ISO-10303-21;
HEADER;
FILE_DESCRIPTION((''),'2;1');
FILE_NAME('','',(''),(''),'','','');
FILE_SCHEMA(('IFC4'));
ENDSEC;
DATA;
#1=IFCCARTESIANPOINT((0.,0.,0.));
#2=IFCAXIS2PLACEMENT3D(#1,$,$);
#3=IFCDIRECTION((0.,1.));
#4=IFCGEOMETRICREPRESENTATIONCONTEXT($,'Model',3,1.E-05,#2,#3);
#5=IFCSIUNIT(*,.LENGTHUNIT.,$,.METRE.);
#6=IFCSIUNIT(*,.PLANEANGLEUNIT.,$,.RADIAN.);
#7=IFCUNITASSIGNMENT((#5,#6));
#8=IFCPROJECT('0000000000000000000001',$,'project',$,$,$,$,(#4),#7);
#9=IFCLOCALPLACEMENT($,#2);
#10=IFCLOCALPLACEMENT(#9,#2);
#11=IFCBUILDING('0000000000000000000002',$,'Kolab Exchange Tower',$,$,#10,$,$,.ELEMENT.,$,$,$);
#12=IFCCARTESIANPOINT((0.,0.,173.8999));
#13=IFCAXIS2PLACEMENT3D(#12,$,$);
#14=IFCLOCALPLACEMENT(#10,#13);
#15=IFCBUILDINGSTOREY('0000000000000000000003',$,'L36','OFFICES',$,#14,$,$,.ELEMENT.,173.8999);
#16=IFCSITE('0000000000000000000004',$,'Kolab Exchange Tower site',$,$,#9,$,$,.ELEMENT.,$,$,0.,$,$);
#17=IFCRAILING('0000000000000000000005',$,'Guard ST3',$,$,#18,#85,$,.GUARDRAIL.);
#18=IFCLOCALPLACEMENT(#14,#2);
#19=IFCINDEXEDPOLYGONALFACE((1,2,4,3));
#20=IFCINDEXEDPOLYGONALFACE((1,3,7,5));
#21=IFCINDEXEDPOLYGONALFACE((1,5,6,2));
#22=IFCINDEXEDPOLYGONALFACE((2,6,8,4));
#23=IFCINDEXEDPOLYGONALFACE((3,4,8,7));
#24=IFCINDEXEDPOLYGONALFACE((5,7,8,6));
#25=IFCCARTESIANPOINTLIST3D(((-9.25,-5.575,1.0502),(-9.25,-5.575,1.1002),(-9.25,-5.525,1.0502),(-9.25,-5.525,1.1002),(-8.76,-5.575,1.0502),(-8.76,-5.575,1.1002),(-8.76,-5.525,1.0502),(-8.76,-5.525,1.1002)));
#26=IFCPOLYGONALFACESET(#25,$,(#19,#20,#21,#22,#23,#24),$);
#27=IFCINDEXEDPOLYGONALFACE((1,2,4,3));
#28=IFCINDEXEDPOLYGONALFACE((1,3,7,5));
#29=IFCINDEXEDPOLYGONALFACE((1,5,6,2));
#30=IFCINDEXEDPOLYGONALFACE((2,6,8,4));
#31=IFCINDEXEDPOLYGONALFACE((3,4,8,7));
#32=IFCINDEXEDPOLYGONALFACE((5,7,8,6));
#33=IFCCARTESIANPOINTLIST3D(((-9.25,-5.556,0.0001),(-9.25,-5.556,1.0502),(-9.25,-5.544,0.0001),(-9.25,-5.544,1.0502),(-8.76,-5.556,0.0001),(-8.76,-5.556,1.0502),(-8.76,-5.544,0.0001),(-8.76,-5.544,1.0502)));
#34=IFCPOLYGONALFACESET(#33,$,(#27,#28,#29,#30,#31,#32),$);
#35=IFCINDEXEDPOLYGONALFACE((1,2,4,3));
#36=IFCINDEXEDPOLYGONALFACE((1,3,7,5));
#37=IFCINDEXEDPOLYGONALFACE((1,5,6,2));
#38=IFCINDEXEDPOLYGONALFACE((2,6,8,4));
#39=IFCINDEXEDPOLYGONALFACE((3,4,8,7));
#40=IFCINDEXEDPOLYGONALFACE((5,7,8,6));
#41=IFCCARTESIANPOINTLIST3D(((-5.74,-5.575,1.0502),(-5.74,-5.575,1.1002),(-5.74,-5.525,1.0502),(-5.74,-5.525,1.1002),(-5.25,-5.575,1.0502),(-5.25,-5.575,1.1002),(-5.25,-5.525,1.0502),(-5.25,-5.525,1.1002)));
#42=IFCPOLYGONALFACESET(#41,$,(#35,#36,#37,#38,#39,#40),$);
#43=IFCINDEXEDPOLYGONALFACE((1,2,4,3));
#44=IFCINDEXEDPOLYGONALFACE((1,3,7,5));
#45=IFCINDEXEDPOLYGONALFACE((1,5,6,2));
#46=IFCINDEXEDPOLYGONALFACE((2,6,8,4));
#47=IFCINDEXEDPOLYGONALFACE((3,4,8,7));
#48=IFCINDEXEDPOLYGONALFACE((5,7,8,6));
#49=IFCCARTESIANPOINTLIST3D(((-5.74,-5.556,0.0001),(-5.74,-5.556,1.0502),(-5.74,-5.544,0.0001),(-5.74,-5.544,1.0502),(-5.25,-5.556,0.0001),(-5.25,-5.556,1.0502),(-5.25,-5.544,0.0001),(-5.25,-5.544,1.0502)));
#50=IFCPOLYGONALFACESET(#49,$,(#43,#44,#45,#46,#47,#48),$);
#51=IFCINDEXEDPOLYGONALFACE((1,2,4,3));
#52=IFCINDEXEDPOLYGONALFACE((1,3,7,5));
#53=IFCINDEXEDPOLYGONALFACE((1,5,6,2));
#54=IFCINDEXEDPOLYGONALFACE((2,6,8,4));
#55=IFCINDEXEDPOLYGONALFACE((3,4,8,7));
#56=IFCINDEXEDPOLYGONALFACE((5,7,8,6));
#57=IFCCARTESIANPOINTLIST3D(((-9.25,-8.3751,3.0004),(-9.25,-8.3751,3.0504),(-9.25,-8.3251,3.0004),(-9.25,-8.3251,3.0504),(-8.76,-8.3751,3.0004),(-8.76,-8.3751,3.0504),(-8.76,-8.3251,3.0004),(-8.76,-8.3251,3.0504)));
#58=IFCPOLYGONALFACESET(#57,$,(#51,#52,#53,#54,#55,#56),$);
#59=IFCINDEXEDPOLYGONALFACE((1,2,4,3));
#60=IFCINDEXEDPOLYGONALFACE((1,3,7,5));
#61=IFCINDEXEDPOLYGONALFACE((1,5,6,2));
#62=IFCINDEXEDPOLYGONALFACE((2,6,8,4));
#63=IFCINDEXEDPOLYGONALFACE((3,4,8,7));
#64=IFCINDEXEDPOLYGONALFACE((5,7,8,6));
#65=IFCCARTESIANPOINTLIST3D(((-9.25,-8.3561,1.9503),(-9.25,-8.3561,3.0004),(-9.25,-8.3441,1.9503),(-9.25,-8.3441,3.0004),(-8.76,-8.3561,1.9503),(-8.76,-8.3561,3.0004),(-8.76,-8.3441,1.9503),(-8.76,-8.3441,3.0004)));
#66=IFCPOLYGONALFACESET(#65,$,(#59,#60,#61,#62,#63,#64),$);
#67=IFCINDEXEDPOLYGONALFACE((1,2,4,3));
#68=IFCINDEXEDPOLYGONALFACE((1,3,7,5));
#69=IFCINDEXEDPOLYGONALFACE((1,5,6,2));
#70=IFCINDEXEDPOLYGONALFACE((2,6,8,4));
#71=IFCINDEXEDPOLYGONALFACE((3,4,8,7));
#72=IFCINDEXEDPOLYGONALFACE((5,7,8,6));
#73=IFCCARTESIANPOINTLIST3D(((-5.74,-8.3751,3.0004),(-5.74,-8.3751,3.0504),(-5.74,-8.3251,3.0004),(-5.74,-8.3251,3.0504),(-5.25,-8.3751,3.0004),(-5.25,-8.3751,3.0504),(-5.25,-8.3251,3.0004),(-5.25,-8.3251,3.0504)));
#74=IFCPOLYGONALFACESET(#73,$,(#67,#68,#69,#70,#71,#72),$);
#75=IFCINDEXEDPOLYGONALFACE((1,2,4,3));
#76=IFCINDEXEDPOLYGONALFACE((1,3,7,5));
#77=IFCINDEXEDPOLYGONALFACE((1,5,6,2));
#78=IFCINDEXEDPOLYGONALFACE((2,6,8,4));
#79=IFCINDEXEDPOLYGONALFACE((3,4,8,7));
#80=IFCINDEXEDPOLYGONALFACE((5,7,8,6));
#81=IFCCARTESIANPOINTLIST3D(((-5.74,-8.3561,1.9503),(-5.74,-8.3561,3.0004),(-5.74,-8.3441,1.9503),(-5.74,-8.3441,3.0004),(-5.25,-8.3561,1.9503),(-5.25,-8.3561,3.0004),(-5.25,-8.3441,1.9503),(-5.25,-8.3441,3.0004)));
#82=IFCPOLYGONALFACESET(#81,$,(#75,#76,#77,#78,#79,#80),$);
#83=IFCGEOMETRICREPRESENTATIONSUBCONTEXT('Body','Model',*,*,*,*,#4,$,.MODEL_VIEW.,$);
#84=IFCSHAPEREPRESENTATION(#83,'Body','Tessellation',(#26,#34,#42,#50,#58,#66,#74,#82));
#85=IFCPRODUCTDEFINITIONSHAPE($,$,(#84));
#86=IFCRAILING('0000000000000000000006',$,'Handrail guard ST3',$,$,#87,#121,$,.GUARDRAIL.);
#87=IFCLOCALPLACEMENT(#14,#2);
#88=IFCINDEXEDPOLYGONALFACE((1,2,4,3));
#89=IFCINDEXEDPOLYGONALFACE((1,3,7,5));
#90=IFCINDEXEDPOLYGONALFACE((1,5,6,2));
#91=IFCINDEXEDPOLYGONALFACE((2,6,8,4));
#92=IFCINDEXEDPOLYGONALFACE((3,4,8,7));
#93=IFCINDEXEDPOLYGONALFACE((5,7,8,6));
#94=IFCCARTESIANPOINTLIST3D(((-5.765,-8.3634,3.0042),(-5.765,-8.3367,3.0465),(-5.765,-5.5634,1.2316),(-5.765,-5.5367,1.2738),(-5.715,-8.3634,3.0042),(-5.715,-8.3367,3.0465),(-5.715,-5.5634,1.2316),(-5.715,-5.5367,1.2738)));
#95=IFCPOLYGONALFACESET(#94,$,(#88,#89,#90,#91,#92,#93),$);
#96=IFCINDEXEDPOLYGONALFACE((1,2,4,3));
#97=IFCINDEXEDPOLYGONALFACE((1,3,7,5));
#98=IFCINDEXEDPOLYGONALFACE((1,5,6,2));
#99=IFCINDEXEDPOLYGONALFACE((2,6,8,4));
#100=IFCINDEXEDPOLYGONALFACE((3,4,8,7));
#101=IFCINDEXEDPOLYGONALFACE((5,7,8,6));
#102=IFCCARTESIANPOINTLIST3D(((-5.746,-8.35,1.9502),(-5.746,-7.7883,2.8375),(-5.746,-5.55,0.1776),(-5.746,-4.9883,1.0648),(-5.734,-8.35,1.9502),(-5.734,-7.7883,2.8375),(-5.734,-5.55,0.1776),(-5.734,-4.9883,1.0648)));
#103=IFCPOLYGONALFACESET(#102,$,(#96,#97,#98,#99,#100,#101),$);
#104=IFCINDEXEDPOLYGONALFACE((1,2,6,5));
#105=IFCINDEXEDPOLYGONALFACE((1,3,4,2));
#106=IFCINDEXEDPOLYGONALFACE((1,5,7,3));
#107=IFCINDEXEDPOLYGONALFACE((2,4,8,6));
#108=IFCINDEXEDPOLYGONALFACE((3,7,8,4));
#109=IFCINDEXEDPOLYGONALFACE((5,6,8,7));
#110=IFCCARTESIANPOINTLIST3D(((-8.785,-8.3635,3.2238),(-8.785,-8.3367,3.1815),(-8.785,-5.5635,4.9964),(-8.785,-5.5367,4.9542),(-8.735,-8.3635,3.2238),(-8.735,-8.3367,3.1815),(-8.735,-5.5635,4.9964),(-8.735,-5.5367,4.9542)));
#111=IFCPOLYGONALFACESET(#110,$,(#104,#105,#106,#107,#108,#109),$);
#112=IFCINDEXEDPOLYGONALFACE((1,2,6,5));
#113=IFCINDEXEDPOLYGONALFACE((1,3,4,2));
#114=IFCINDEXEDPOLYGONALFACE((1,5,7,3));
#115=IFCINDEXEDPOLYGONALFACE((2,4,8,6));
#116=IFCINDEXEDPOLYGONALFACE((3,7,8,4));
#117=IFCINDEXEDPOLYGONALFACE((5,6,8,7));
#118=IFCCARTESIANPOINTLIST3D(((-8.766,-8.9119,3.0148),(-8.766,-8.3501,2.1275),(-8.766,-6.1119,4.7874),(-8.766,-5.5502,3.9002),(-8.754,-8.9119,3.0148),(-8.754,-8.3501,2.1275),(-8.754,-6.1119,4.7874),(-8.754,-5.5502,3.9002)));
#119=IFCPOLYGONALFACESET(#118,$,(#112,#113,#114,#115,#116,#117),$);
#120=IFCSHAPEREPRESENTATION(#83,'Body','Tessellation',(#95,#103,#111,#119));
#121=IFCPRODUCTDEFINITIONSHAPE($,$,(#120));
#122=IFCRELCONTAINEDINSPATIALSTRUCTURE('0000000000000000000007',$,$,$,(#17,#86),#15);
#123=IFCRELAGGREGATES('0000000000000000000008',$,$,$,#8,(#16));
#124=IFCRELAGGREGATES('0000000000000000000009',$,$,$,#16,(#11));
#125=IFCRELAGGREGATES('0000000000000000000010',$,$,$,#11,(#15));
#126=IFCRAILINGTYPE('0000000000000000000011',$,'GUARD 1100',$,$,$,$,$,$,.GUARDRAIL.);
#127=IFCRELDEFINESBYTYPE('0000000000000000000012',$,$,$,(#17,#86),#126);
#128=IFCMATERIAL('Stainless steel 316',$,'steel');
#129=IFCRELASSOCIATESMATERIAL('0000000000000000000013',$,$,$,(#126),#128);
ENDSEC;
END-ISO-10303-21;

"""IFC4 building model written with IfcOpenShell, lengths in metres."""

from ifc_helpers import new_model, si_unit, direction, frame, frame_2d, origin, origin_2d, place, context, subcontext, project, spatial, rectangle, extrude, material, type_object, element, save


model = new_model("IFC4")

# Units and contexts
model_context = context("Model", 3, precision=1e-05, world=origin(), true_north=direction((0.0, 1.0)))
body_context = subcontext(model_context, "Body", "Model", "MODEL_VIEW")
ifc_project = project(units=[si_unit("LENGTHUNIT", "METRE"), si_unit("PLANEANGLEUNIT", "RADIAN")], contexts=[model_context])

# Site, building, storey
site_placement = place(None, origin())
site = spatial("IfcSite", under=ifc_project, at=site_placement, Name="Kolab Exchange Tower site", CompositionType="ELEMENT", RefElevation=0.0)
building_placement = place(site_placement, origin())
building = spatial("IfcBuilding", under=site, at=building_placement, Name="Kolab Exchange Tower", CompositionType="ELEMENT")
storey_placement = place(building_placement, frame((0.0, 0.0, 173.8999)))
storey = spatial("IfcBuildingStorey", under=building, at=storey_placement, Name="L36", Description="OFFICES", CompositionType="ELEMENT", Elevation=173.8999)

# Shared definitions
ifc_material_1 = material(Name="Stainless steel 316", Category="steel")

# Railings
railing_type = type_object("IfcRailingType", Name="GUARD 1100", PredefinedType="GUARDRAIL", material=ifc_material_1)
railing_1_placement = place(storey_placement, frame((-9.25, -5.55, 0.0)))
element("IfcRailing", 1, at=railing_1_placement, inside=storey, type_object=railing_type, Name="Guard ST3", PredefinedType="GUARDRAIL", context=body_context, shape_type="SweptSolid", body=[
    extrude(rectangle(XDim=0.05, YDim=0.05, at=origin_2d()), frame((0.0, 0.0, 1.0752), z_axis=(1.0, 0.0, 0.0), x_axis=(0.0, 1.0, 0.0)), (0.0, 0.0, 1.0), 0.49),
    extrude(rectangle(XDim=0.012, YDim=1.0501, at=frame_2d((0.0, 0.5251))), frame((0.0, 0.0, 0.0), z_axis=(1.0, 0.0, 0.0), x_axis=(0.0, 1.0, 0.0)), (0.0, 0.0, 1.0), 0.49),
    extrude(rectangle(XDim=0.05, YDim=0.05, at=origin_2d()), frame((3.51, 0.0, 1.0752), z_axis=(1.0, 0.0, 0.0), x_axis=(0.0, 1.0, 0.0)), (0.0, 0.0, 1.0), 0.49),
    extrude(rectangle(XDim=0.012, YDim=1.0501, at=frame_2d((0.0, 0.5251))), frame((3.51, 0.0, 0.0), z_axis=(1.0, 0.0, 0.0), x_axis=(0.0, 1.0, 0.0)), (0.0, 0.0, 1.0), 0.49),
    extrude(rectangle(XDim=0.05, YDim=0.05, at=origin_2d()), frame((0.0, -2.8, 3.0254), z_axis=(1.0, 0.0, 0.0), x_axis=(0.0, 1.0, 0.0)), (0.0, 0.0, 1.0), 0.49),
    extrude(rectangle(XDim=0.012, YDim=1.0501, at=frame_2d((0.0, 0.5251))), frame((0.0, -2.8, 1.9502), z_axis=(1.0, 0.0, 0.0), x_axis=(0.0, 1.0, 0.0)), (0.0, 0.0, 1.0), 0.49),
    extrude(rectangle(XDim=0.05, YDim=0.05, at=origin_2d()), frame((3.51, -2.8, 3.0254), z_axis=(1.0, 0.0, 0.0), x_axis=(0.0, 1.0, 0.0)), (0.0, 0.0, 1.0), 0.49),
    extrude(rectangle(XDim=0.012, YDim=1.0501, at=frame_2d((0.0, 0.5251))), frame((3.51, -2.8, 1.9502), z_axis=(1.0, 0.0, 0.0), x_axis=(0.0, 1.0, 0.0)), (0.0, 0.0, 1.0), 0.49),
])
railing_2_placement = place(storey_placement, frame((-5.74, -5.55, 0.1775)))
element("IfcRailing", 2, at=railing_2_placement, inside=storey, type_object=railing_type, Name="Handrail guard ST3", PredefinedType="GUARDRAIL", context=body_context, shape_type="SweptSolid", body=[
    extrude(rectangle(XDim=0.05, YDim=0.05, at=origin_2d()), frame((0.0, 0.0, 1.0752), z_axis=(0.0, -0.844909, 0.53491), x_axis=(1.0, 0.0, 0.0)), (0.0, 0.0, 1.0), 3.314),
    extrude(rectangle(XDim=0.012, YDim=1.0501, at=frame_2d((0.0, 0.5251))), frame((0.0, 0.0, 0.0), z_axis=(0.0, -0.844909, 0.53491), x_axis=(1.0, 0.0, 0.0)), (0.0, 0.0, 1.0), 3.314),
    extrude(rectangle(XDim=0.05, YDim=0.05, at=origin_2d()), frame((-3.02, -2.8, 3.0251), z_axis=(0.0, 0.844909, 0.53491), x_axis=(-1.0, 0.0, 0.0)), (0.0, 0.0, 1.0), 3.314),
    extrude(rectangle(XDim=0.012, YDim=1.0501, at=frame_2d((0.0, 0.5251))), frame((-3.02, -2.8, 1.95), z_axis=(0.0, 0.844909, 0.53491), x_axis=(-1.0, 0.0, 0.0)), (0.0, 0.0, 1.0), 3.314),
])

save(model, "model.ifc")
